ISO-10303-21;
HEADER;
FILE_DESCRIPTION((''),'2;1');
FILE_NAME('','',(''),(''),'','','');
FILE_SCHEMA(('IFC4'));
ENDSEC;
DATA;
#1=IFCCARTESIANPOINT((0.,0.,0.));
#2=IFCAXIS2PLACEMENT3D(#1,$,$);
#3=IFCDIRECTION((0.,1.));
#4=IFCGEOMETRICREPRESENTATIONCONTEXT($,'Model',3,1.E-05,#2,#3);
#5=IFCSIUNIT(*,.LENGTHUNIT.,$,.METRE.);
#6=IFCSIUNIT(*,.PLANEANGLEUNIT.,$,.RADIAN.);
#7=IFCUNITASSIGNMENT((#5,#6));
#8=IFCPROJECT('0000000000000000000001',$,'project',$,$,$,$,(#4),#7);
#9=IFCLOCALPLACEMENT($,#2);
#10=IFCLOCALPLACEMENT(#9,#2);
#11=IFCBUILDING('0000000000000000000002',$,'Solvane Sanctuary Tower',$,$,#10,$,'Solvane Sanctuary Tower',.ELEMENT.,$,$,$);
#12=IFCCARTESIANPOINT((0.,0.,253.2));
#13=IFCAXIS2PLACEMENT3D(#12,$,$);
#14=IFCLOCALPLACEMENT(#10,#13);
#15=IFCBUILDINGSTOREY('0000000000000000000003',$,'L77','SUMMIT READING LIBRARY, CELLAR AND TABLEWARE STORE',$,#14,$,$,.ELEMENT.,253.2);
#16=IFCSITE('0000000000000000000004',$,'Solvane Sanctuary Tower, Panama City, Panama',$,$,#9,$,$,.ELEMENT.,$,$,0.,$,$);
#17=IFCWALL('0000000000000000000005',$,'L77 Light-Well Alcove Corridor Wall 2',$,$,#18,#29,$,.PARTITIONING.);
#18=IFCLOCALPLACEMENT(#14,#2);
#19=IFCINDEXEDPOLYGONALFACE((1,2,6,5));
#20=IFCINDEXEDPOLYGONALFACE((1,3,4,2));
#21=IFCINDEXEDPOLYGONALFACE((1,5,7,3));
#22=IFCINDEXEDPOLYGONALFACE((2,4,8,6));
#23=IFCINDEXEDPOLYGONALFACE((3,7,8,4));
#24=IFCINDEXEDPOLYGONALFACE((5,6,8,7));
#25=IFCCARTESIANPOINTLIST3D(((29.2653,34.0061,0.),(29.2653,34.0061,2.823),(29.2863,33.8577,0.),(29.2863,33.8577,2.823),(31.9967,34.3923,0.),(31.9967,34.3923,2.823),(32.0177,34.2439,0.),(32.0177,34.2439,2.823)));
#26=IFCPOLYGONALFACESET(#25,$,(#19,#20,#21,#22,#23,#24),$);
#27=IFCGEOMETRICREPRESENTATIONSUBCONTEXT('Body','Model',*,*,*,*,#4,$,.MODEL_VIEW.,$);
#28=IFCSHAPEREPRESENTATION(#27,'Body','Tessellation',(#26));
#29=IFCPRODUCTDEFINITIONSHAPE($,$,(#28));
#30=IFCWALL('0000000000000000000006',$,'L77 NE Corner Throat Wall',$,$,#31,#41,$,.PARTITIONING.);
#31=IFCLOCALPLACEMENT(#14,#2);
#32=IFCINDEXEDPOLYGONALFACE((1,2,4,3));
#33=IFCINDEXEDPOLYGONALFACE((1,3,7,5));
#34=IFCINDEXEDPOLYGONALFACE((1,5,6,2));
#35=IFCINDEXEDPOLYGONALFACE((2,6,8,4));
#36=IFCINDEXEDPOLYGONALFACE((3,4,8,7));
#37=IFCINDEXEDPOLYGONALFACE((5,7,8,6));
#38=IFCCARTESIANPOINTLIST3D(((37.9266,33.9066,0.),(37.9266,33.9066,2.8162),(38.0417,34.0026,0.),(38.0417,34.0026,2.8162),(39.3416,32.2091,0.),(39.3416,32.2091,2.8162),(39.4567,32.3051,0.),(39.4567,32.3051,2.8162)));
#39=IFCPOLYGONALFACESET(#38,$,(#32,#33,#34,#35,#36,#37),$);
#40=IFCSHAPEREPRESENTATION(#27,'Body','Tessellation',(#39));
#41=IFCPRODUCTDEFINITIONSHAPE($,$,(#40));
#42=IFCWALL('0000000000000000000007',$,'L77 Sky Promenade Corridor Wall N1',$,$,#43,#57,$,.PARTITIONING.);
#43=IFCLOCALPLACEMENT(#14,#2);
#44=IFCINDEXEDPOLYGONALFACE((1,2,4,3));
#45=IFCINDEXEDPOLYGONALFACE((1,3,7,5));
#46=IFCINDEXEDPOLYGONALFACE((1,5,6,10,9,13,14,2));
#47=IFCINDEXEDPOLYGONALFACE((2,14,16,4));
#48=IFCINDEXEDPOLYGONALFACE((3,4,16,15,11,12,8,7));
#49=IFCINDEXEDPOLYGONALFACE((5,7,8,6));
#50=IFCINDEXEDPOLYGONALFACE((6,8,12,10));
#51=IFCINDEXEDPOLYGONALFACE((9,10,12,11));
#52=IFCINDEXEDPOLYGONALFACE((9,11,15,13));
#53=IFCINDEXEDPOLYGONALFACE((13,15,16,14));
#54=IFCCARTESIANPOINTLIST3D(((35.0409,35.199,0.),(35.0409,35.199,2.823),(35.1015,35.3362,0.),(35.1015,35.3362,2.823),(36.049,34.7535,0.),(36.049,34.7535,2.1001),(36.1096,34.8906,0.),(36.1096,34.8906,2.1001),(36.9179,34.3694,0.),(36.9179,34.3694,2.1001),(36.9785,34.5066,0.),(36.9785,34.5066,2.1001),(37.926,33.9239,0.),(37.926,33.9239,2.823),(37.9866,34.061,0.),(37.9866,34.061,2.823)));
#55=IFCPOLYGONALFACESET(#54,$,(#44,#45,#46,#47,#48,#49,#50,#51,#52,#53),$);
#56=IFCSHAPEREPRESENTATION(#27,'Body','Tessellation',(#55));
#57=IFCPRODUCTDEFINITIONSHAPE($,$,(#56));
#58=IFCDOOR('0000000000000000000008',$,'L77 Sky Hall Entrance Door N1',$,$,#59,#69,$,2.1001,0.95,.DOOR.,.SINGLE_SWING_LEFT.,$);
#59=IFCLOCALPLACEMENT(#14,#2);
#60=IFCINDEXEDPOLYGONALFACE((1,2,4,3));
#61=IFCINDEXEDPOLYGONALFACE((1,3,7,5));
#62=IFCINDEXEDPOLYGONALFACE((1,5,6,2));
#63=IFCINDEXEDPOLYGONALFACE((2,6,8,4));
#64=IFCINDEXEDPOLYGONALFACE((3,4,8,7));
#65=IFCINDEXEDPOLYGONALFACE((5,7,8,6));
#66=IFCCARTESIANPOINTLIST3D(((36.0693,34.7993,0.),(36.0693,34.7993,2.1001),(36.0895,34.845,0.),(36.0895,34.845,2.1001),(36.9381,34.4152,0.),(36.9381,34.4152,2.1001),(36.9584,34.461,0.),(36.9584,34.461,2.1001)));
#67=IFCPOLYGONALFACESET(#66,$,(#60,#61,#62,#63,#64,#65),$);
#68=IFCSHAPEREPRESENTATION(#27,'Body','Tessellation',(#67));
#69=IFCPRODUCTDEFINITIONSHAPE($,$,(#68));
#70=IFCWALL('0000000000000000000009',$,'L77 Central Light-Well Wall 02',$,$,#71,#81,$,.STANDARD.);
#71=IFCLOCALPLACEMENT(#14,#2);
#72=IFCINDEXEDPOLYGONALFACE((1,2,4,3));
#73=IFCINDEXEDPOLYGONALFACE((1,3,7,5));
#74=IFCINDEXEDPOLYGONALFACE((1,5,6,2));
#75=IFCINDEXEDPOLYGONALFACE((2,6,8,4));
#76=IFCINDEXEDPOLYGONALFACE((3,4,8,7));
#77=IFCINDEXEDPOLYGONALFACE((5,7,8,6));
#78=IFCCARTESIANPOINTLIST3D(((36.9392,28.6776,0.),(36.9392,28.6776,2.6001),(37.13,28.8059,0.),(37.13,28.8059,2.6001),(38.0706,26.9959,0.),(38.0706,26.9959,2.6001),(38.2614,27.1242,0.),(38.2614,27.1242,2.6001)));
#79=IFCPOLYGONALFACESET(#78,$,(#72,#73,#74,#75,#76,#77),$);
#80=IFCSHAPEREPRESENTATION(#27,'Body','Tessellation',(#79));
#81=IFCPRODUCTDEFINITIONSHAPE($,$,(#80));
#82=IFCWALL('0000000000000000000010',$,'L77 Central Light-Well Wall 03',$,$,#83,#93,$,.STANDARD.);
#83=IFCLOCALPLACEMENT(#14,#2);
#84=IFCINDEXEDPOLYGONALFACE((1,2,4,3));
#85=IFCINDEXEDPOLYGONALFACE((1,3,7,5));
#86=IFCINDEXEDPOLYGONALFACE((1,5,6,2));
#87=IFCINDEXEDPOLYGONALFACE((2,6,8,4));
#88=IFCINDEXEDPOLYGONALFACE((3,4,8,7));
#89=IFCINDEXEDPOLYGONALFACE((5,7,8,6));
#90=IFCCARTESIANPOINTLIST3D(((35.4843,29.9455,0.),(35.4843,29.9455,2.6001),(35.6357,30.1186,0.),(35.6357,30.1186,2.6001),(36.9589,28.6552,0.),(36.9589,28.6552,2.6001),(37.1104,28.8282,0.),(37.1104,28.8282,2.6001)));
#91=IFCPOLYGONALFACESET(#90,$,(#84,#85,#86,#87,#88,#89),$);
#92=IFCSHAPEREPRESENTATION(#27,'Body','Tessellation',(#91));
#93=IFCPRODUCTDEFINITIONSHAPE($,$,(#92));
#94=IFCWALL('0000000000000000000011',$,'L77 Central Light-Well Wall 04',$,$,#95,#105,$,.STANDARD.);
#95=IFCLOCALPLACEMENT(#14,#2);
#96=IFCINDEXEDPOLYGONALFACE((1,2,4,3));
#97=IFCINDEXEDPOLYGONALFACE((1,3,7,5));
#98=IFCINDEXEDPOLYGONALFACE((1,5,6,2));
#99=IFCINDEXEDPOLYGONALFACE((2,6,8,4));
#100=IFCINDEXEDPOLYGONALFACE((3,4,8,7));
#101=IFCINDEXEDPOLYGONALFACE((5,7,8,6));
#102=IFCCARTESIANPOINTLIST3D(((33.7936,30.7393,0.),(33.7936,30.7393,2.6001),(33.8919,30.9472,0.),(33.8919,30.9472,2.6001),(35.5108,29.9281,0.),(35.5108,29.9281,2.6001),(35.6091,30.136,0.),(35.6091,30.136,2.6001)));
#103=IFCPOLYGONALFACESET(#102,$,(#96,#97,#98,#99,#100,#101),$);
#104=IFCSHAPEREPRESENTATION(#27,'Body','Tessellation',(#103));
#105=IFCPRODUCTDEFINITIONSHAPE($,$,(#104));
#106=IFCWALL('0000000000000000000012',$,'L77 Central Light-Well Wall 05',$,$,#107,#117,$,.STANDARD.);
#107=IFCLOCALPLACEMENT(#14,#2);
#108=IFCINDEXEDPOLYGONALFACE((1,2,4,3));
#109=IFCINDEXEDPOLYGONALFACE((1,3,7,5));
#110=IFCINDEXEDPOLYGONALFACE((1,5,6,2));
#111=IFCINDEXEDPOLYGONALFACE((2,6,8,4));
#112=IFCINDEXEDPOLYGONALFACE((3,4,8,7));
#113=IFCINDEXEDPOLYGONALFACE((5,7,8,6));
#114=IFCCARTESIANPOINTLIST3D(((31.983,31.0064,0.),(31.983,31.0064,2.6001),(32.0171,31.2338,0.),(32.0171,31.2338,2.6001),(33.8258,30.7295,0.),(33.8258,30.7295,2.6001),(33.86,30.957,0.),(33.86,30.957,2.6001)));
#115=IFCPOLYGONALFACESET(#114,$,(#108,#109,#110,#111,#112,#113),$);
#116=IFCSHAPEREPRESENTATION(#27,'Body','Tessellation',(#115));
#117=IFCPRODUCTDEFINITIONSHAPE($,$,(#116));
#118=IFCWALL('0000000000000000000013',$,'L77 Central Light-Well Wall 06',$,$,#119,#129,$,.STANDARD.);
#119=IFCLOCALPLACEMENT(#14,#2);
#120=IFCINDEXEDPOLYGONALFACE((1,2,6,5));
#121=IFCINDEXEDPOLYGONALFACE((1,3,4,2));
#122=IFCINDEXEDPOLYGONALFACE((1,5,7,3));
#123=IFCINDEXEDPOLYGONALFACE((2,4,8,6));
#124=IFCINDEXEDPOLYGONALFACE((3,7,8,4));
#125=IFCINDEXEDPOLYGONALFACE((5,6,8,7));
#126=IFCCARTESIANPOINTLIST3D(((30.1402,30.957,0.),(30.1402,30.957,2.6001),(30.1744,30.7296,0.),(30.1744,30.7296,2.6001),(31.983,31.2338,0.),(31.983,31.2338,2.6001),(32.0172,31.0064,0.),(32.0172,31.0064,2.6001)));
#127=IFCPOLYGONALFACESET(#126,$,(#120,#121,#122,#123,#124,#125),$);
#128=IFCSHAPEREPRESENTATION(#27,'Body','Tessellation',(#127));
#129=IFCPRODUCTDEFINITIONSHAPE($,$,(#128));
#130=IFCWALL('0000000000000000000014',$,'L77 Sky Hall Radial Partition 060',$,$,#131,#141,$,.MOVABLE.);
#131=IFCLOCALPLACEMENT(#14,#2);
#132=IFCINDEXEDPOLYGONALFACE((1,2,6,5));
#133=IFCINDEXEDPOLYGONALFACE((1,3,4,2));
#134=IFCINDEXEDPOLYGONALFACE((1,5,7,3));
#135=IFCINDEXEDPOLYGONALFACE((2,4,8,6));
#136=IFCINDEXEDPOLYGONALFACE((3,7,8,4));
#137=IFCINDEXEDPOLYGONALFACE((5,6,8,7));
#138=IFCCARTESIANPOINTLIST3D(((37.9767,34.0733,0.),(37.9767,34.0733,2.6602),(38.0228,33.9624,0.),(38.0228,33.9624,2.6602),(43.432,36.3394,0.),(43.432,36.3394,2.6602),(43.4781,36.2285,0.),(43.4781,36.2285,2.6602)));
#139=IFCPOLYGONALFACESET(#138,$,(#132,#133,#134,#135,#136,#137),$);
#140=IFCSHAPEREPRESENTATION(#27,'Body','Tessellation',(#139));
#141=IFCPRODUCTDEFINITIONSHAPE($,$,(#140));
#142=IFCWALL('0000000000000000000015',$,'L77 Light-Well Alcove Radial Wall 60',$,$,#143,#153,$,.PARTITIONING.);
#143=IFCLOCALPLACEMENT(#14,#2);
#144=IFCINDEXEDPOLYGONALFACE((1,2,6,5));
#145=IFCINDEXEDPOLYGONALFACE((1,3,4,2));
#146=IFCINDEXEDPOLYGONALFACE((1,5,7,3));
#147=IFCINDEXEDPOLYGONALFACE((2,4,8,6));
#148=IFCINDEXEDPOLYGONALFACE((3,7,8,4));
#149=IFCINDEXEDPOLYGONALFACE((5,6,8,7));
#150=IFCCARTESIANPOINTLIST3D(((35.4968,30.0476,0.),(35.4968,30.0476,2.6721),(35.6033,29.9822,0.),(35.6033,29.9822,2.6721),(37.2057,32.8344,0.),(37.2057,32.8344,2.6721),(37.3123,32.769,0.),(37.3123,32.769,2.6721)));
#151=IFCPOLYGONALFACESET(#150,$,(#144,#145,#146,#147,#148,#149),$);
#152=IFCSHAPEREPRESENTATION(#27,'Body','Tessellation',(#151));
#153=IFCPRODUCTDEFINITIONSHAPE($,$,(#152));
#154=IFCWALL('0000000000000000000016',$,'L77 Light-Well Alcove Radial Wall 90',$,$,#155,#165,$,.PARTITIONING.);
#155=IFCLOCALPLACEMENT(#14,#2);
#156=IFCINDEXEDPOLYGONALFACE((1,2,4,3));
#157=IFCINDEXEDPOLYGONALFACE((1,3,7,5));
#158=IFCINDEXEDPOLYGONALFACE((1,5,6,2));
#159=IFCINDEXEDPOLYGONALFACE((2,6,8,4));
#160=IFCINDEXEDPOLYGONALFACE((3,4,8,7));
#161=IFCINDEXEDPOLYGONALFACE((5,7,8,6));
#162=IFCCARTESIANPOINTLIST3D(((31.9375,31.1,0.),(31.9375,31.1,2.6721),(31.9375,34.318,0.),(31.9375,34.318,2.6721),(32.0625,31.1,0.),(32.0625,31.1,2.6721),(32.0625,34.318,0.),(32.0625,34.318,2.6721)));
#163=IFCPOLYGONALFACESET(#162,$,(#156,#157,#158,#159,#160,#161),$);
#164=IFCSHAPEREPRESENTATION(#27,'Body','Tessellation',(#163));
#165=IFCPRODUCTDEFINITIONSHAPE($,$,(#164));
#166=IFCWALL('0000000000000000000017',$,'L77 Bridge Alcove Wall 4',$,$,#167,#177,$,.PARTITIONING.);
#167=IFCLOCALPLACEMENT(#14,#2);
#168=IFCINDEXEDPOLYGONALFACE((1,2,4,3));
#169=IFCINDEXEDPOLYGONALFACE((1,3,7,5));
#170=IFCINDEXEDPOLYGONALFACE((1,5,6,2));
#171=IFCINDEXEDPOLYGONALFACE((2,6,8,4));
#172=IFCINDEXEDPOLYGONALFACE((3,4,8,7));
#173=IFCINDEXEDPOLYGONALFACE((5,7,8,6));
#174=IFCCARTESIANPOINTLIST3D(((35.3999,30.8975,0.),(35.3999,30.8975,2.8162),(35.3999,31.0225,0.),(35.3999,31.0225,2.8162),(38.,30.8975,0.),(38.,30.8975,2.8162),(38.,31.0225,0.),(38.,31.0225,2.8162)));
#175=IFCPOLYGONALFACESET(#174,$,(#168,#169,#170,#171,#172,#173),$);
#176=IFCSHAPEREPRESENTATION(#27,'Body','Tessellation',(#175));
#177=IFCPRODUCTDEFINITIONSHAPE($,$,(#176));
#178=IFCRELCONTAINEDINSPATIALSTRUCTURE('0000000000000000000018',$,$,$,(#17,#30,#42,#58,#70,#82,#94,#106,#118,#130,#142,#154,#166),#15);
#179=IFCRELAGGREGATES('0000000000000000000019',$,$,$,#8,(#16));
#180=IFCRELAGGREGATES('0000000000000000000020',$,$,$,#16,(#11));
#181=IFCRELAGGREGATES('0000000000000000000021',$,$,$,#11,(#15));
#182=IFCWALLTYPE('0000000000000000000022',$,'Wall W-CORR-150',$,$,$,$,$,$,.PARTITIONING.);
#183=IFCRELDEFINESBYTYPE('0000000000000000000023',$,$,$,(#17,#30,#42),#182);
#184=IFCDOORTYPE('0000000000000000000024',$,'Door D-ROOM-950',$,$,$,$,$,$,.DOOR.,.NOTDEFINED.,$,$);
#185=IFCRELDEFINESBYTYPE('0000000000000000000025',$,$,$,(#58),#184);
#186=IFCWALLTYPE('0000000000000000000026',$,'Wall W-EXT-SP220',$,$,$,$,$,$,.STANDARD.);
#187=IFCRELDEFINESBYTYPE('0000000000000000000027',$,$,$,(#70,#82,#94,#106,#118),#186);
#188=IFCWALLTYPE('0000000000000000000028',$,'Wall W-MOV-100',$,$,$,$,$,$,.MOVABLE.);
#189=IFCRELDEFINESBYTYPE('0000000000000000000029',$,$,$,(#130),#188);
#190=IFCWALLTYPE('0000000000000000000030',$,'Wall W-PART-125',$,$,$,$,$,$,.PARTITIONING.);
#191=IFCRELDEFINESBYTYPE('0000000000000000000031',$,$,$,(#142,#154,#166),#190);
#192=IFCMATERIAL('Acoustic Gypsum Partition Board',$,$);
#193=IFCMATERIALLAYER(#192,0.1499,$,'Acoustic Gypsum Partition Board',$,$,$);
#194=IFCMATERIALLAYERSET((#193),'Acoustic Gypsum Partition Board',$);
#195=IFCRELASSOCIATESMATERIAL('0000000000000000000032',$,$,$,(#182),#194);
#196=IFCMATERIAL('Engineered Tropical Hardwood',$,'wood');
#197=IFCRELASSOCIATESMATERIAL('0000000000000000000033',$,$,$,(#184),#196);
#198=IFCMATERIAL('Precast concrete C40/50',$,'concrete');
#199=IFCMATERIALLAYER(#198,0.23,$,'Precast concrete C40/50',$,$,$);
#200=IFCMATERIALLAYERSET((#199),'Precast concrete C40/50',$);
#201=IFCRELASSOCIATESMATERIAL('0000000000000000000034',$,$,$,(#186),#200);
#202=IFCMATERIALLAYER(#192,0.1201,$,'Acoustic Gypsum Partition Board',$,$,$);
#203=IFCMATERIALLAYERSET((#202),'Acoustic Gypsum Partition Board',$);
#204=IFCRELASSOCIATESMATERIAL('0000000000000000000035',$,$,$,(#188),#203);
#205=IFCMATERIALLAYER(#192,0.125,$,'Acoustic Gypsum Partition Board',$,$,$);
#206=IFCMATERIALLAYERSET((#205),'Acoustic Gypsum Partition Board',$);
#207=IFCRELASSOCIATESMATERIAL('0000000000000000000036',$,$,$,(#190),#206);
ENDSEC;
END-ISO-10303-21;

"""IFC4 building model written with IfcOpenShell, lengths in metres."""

from ifc_helpers import new_model, si_unit, direction, frame, frame_2d, origin, place, context, subcontext, project, spatial, rectangle, extrude, material, layer, layer_set, type_object, element, fill, save


model = new_model("IFC4")

# Units and contexts
model_context = context("Model", 3, precision=1e-05, world=origin(), true_north=direction((0.0, 1.0)))
body_context = subcontext(model_context, "Body", "Model", "MODEL_VIEW")
ifc_project = project(units=[si_unit("LENGTHUNIT", "METRE"), si_unit("PLANEANGLEUNIT", "RADIAN")], contexts=[model_context])

# Site, building, storey
site_placement = place(None, origin())
site = spatial("IfcSite", under=ifc_project, at=site_placement, Name="Solvane Sanctuary Tower, Panama City, Panama", CompositionType="ELEMENT", RefElevation=0.0)
building_placement = place(site_placement, origin())
building = spatial("IfcBuilding", under=site, at=building_placement, Name="Solvane Sanctuary Tower", LongName="Solvane Sanctuary Tower", CompositionType="ELEMENT")
storey_placement = place(building_placement, frame((0.0, 0.0, 253.2)))
storey = spatial("IfcBuildingStorey", under=building, at=storey_placement, Name="L77", Description="SUMMIT READING LIBRARY, CELLAR AND TABLEWARE STORE", CompositionType="ELEMENT", Elevation=253.2)

# Shared definitions
ifc_material_1 = material(Name="Acoustic Gypsum Partition Board")
ifc_layer_1 = layer(ifc_material_1, 0.1499, Name="Acoustic Gypsum Partition Board")
ifc_layer_set_1 = layer_set([ifc_layer_1], Name="Acoustic Gypsum Partition Board")
wall_type_1 = type_object("IfcWallType", Name="Wall W-CORR-150", PredefinedType="PARTITIONING", material=ifc_layer_set_1)

# Shared definitions
ifc_material_2 = material(Name="Engineered Tropical Hardwood", Category="wood")
door_type = type_object("IfcDoorType", Name="Door D-ROOM-950", OperationType="NOTDEFINED", PredefinedType="DOOR", material=ifc_material_2)

# Walls
wall_1_placement = place(storey_placement, frame((32.0073, 34.3181, 0.0), z_axis=(0.0, 0.0, 1.0), x_axis=(-0.99015, -0.140009, 0.0)))
element("IfcWall", 1, at=wall_1_placement, inside=storey, type_object=wall_type_1, Name="L77 Light-Well Alcove Corridor Wall 2", PredefinedType="PARTITIONING", context=body_context, shape_type="SweptSolid", body=[
    extrude(rectangle(XDim=2.7585, YDim=0.1499, at=frame_2d((1.3794, 0.0))), origin(), (0.0, 0.0, 1.0), 2.823),
])
wall_2_placement = place(storey_placement, frame((37.9841, 33.9546, 0.0), z_axis=(0.0, 0.0, 1.0), x_axis=(0.640304, -0.768122, 0.0)))
element("IfcWall", 2, at=wall_2_placement, inside=storey, type_object=wall_type_1, Name="L77 NE Corner Throat Wall", PredefinedType="PARTITIONING", context=body_context, shape_type="SweptSolid", body=[
    extrude(rectangle(XDim=2.21, YDim=0.1499, at=frame_2d((1.105, 0.0))), origin(), (0.0, 0.0, 1.0), 2.8162),
])

# Wall, opening, door
wall_3_placement = place(storey_placement, frame((37.9563, 33.9924, 0.0), z_axis=(0.0, 0.0, 1.0), x_axis=(-0.914643, 0.404263, 0.0)))
wall_3 = element("IfcWall", 3, at=wall_3_placement, inside=storey, type_object=wall_type_1, Name="L77 Sky Promenade Corridor Wall N1", PredefinedType="PARTITIONING", context=body_context, shape_type="SweptSolid", body=[
    extrude(rectangle(XDim=3.1543, YDim=0.1499, at=frame_2d((1.5771, 0.0))), origin(), (0.0, 0.0, 1.0), 2.823),
])
opening_1_placement = place(wall_3_placement, frame((1.1021, 0.0, 0.0)))
opening_1 = element("IfcOpeningElement", 4, at=opening_1_placement, cuts=wall_3, PredefinedType="OPENING", context=body_context, shape_type="SweptSolid", body=[
    extrude(rectangle(XDim=0.95, YDim=2.1001, at=frame_2d((0.4751, 1.05))), frame((0.0, 0.085, 0.0), z_axis=(0.0, -1.0, 0.0), x_axis=(1.0, 0.0, 0.0)), (0.0, 0.0, 1.0), 0.1699),
])
door_1_placement = place(opening_1_placement, origin())
door_1 = element("IfcDoor", 5, at=door_1_placement, inside=storey, type_object=door_type, Name="L77 Sky Hall Entrance Door N1", OperationType="SINGLE_SWING_LEFT", OverallHeight=2.1001, OverallWidth=0.95, PredefinedType="DOOR", context=body_context, shape_type="SweptSolid", body=[
    extrude(rectangle(XDim=0.95, YDim=2.1001, at=frame_2d((0.4751, 1.05))), frame((0.0, 0.0249, 0.0), z_axis=(0.0, -1.0, 0.0), x_axis=(1.0, 0.0, 0.0)), (0.0, 0.0, 1.0), 0.05),
])
fill(opening_1, door_1)

# Walls
ifc_material_3 = material(Name="Precast concrete C40/50", Category="concrete")
ifc_layer_2 = layer(ifc_material_3, 0.23, Name="Precast concrete C40/50")
ifc_layer_set_2 = layer_set([ifc_layer_2], Name="Precast concrete C40/50")
wall_type_2 = type_object("IfcWallType", Name="Wall W-EXT-SP220", PredefinedType="STANDARD", material=ifc_layer_set_2)
wall_4_placement = place(storey_placement, frame((38.166, 27.0601, 0.0), z_axis=(0.0, 0.0, 1.0), x_axis=(-0.558198, 0.829708, 0.0)))
element("IfcWall", 6, at=wall_4_placement, inside=storey, type_object=wall_type_2, Name="L77 Central Light-Well Wall 02", PredefinedType="STANDARD", context=body_context, shape_type="SweptSolid", body=[
    extrude(rectangle(XDim=2.0269, YDim=0.23, at=frame_2d((1.0134, 0.0))), origin(), (0.0, 0.0, 1.0), 2.6001),
])
wall_5_placement = place(storey_placement, frame((37.0347, 28.7417, 0.0), z_axis=(0.0, 0.0, 1.0), x_axis=(-0.752577, 0.658505, 0.0)))
element("IfcWall", 7, at=wall_5_placement, inside=storey, type_object=wall_type_2, Name="L77 Central Light-Well Wall 03", PredefinedType="STANDARD", context=body_context, shape_type="SweptSolid", body=[
    extrude(rectangle(XDim=1.9595, YDim=0.23, at=frame_2d((0.9797, 0.0))), origin(), (0.0, 0.0, 1.0), 2.6001),
])
wall_6_placement = place(storey_placement, frame((35.5601, 30.032, 0.0), z_axis=(0.0, 0.0, 1.0), x_axis=(-0.90418, 0.427152, 0.0)))
element("IfcWall", 8, at=wall_6_placement, inside=storey, type_object=wall_type_2, Name="L77 Central Light-Well Wall 04", PredefinedType="STANDARD", context=body_context, shape_type="SweptSolid", body=[
    extrude(rectangle(XDim=1.8992, YDim=0.23, at=frame_2d((0.9497, 0.0))), origin(), (0.0, 0.0, 1.0), 2.6001),
])
for number, where, z_axis, x_axis, name in (
    (9, (33.8428, 30.8433, 0.0), (0.0, 0.0, 1.0), (-0.988902, 0.148571, 0.0), "L77 Central Light-Well Wall 05"),
    (10, (32.0, 31.1201, 0.0), (0.0, 0.0, 1.0), (-0.988902, -0.148571, 0.0), "L77 Central Light-Well Wall 06"),
):
    element("IfcWall", number, at=place(storey_placement, frame(where, z_axis=z_axis, x_axis=x_axis)), inside=storey, type_object=wall_type_2, Name=name, PredefinedType="STANDARD", context=body_context, shape_type="SweptSolid", body=[
        extrude(rectangle(XDim=1.8635, YDim=0.23, at=frame_2d((0.9316, 0.0))), origin(), (0.0, 0.0, 1.0), 2.6001),
    ])
ifc_layer_3 = layer(ifc_material_1, 0.1201, Name="Acoustic Gypsum Partition Board")
ifc_layer_set_3 = layer_set([ifc_layer_3], Name="Acoustic Gypsum Partition Board")
wall_type_3 = type_object("IfcWallType", Name="Wall W-MOV-100", PredefinedType="MOVABLE", material=ifc_layer_set_3)
wall_7_placement = place(storey_placement, frame((37.9998, 34.0178, 0.0), z_axis=(0.0, 0.0, 1.0), x_axis=(0.923493, 0.383614, 0.0)))
element("IfcWall", 11, at=wall_7_placement, inside=storey, type_object=wall_type_3, Name="L77 Sky Hall Radial Partition 060", PredefinedType="MOVABLE", context=body_context, shape_type="SweptSolid", body=[
    extrude(rectangle(XDim=5.9072, YDim=0.1201, at=frame_2d((2.9536, 0.0))), origin(), (0.0, 0.0, 1.0), 2.6602),
])
ifc_layer_4 = layer(ifc_material_1, 0.125, Name="Acoustic Gypsum Partition Board")
ifc_layer_set_4 = layer_set([ifc_layer_4], Name="Acoustic Gypsum Partition Board")
wall_type_4 = type_object("IfcWallType", Name="Wall W-PART-125", PredefinedType="PARTITIONING", material=ifc_layer_set_4)
wall_8_placement = place(storey_placement, frame((35.55, 30.0149, 0.0), z_axis=(0.0, 0.0, 1.0), x_axis=(0.522763, 0.852478, 0.0)))
element("IfcWall", 12, at=wall_8_placement, inside=storey, type_object=wall_type_4, Name="L77 Light-Well Alcove Radial Wall 60", PredefinedType="PARTITIONING", context=body_context, shape_type="SweptSolid", body=[
    extrude(rectangle(XDim=3.269, YDim=0.125, at=frame_2d((1.6345, 0.0))), origin(), (0.0, 0.0, 1.0), 2.6721),
])
wall_9_placement = place(storey_placement, frame((32.0, 31.1001, 0.0), z_axis=(0.0, 0.0, 1.0), x_axis=(0.0, 1.0, 0.0)))
element("IfcWall", 13, at=wall_9_placement, inside=storey, type_object=wall_type_4, Name="L77 Light-Well Alcove Radial Wall 90", PredefinedType="PARTITIONING", context=body_context, shape_type="SweptSolid", body=[
    extrude(rectangle(XDim=3.218, YDim=0.125, at=frame_2d((1.6089, 0.0))), origin(), (0.0, 0.0, 1.0), 2.6721),
])
wall_10_placement = place(storey_placement, frame((35.3999, 30.96, 0.0), z_axis=(0.0, 0.0, 1.0), x_axis=(1.0, 0.0, 0.0)))
element("IfcWall", 14, at=wall_10_placement, inside=storey, type_object=wall_type_4, Name="L77 Bridge Alcove Wall 4", PredefinedType="PARTITIONING", context=body_context, shape_type="SweptSolid", body=[
    extrude(rectangle(XDim=2.6001, YDim=0.125, at=frame_2d((1.3, 0.0))), origin(), (0.0, 0.0, 1.0), 2.8162),
])

save(model, "model.ifc")
